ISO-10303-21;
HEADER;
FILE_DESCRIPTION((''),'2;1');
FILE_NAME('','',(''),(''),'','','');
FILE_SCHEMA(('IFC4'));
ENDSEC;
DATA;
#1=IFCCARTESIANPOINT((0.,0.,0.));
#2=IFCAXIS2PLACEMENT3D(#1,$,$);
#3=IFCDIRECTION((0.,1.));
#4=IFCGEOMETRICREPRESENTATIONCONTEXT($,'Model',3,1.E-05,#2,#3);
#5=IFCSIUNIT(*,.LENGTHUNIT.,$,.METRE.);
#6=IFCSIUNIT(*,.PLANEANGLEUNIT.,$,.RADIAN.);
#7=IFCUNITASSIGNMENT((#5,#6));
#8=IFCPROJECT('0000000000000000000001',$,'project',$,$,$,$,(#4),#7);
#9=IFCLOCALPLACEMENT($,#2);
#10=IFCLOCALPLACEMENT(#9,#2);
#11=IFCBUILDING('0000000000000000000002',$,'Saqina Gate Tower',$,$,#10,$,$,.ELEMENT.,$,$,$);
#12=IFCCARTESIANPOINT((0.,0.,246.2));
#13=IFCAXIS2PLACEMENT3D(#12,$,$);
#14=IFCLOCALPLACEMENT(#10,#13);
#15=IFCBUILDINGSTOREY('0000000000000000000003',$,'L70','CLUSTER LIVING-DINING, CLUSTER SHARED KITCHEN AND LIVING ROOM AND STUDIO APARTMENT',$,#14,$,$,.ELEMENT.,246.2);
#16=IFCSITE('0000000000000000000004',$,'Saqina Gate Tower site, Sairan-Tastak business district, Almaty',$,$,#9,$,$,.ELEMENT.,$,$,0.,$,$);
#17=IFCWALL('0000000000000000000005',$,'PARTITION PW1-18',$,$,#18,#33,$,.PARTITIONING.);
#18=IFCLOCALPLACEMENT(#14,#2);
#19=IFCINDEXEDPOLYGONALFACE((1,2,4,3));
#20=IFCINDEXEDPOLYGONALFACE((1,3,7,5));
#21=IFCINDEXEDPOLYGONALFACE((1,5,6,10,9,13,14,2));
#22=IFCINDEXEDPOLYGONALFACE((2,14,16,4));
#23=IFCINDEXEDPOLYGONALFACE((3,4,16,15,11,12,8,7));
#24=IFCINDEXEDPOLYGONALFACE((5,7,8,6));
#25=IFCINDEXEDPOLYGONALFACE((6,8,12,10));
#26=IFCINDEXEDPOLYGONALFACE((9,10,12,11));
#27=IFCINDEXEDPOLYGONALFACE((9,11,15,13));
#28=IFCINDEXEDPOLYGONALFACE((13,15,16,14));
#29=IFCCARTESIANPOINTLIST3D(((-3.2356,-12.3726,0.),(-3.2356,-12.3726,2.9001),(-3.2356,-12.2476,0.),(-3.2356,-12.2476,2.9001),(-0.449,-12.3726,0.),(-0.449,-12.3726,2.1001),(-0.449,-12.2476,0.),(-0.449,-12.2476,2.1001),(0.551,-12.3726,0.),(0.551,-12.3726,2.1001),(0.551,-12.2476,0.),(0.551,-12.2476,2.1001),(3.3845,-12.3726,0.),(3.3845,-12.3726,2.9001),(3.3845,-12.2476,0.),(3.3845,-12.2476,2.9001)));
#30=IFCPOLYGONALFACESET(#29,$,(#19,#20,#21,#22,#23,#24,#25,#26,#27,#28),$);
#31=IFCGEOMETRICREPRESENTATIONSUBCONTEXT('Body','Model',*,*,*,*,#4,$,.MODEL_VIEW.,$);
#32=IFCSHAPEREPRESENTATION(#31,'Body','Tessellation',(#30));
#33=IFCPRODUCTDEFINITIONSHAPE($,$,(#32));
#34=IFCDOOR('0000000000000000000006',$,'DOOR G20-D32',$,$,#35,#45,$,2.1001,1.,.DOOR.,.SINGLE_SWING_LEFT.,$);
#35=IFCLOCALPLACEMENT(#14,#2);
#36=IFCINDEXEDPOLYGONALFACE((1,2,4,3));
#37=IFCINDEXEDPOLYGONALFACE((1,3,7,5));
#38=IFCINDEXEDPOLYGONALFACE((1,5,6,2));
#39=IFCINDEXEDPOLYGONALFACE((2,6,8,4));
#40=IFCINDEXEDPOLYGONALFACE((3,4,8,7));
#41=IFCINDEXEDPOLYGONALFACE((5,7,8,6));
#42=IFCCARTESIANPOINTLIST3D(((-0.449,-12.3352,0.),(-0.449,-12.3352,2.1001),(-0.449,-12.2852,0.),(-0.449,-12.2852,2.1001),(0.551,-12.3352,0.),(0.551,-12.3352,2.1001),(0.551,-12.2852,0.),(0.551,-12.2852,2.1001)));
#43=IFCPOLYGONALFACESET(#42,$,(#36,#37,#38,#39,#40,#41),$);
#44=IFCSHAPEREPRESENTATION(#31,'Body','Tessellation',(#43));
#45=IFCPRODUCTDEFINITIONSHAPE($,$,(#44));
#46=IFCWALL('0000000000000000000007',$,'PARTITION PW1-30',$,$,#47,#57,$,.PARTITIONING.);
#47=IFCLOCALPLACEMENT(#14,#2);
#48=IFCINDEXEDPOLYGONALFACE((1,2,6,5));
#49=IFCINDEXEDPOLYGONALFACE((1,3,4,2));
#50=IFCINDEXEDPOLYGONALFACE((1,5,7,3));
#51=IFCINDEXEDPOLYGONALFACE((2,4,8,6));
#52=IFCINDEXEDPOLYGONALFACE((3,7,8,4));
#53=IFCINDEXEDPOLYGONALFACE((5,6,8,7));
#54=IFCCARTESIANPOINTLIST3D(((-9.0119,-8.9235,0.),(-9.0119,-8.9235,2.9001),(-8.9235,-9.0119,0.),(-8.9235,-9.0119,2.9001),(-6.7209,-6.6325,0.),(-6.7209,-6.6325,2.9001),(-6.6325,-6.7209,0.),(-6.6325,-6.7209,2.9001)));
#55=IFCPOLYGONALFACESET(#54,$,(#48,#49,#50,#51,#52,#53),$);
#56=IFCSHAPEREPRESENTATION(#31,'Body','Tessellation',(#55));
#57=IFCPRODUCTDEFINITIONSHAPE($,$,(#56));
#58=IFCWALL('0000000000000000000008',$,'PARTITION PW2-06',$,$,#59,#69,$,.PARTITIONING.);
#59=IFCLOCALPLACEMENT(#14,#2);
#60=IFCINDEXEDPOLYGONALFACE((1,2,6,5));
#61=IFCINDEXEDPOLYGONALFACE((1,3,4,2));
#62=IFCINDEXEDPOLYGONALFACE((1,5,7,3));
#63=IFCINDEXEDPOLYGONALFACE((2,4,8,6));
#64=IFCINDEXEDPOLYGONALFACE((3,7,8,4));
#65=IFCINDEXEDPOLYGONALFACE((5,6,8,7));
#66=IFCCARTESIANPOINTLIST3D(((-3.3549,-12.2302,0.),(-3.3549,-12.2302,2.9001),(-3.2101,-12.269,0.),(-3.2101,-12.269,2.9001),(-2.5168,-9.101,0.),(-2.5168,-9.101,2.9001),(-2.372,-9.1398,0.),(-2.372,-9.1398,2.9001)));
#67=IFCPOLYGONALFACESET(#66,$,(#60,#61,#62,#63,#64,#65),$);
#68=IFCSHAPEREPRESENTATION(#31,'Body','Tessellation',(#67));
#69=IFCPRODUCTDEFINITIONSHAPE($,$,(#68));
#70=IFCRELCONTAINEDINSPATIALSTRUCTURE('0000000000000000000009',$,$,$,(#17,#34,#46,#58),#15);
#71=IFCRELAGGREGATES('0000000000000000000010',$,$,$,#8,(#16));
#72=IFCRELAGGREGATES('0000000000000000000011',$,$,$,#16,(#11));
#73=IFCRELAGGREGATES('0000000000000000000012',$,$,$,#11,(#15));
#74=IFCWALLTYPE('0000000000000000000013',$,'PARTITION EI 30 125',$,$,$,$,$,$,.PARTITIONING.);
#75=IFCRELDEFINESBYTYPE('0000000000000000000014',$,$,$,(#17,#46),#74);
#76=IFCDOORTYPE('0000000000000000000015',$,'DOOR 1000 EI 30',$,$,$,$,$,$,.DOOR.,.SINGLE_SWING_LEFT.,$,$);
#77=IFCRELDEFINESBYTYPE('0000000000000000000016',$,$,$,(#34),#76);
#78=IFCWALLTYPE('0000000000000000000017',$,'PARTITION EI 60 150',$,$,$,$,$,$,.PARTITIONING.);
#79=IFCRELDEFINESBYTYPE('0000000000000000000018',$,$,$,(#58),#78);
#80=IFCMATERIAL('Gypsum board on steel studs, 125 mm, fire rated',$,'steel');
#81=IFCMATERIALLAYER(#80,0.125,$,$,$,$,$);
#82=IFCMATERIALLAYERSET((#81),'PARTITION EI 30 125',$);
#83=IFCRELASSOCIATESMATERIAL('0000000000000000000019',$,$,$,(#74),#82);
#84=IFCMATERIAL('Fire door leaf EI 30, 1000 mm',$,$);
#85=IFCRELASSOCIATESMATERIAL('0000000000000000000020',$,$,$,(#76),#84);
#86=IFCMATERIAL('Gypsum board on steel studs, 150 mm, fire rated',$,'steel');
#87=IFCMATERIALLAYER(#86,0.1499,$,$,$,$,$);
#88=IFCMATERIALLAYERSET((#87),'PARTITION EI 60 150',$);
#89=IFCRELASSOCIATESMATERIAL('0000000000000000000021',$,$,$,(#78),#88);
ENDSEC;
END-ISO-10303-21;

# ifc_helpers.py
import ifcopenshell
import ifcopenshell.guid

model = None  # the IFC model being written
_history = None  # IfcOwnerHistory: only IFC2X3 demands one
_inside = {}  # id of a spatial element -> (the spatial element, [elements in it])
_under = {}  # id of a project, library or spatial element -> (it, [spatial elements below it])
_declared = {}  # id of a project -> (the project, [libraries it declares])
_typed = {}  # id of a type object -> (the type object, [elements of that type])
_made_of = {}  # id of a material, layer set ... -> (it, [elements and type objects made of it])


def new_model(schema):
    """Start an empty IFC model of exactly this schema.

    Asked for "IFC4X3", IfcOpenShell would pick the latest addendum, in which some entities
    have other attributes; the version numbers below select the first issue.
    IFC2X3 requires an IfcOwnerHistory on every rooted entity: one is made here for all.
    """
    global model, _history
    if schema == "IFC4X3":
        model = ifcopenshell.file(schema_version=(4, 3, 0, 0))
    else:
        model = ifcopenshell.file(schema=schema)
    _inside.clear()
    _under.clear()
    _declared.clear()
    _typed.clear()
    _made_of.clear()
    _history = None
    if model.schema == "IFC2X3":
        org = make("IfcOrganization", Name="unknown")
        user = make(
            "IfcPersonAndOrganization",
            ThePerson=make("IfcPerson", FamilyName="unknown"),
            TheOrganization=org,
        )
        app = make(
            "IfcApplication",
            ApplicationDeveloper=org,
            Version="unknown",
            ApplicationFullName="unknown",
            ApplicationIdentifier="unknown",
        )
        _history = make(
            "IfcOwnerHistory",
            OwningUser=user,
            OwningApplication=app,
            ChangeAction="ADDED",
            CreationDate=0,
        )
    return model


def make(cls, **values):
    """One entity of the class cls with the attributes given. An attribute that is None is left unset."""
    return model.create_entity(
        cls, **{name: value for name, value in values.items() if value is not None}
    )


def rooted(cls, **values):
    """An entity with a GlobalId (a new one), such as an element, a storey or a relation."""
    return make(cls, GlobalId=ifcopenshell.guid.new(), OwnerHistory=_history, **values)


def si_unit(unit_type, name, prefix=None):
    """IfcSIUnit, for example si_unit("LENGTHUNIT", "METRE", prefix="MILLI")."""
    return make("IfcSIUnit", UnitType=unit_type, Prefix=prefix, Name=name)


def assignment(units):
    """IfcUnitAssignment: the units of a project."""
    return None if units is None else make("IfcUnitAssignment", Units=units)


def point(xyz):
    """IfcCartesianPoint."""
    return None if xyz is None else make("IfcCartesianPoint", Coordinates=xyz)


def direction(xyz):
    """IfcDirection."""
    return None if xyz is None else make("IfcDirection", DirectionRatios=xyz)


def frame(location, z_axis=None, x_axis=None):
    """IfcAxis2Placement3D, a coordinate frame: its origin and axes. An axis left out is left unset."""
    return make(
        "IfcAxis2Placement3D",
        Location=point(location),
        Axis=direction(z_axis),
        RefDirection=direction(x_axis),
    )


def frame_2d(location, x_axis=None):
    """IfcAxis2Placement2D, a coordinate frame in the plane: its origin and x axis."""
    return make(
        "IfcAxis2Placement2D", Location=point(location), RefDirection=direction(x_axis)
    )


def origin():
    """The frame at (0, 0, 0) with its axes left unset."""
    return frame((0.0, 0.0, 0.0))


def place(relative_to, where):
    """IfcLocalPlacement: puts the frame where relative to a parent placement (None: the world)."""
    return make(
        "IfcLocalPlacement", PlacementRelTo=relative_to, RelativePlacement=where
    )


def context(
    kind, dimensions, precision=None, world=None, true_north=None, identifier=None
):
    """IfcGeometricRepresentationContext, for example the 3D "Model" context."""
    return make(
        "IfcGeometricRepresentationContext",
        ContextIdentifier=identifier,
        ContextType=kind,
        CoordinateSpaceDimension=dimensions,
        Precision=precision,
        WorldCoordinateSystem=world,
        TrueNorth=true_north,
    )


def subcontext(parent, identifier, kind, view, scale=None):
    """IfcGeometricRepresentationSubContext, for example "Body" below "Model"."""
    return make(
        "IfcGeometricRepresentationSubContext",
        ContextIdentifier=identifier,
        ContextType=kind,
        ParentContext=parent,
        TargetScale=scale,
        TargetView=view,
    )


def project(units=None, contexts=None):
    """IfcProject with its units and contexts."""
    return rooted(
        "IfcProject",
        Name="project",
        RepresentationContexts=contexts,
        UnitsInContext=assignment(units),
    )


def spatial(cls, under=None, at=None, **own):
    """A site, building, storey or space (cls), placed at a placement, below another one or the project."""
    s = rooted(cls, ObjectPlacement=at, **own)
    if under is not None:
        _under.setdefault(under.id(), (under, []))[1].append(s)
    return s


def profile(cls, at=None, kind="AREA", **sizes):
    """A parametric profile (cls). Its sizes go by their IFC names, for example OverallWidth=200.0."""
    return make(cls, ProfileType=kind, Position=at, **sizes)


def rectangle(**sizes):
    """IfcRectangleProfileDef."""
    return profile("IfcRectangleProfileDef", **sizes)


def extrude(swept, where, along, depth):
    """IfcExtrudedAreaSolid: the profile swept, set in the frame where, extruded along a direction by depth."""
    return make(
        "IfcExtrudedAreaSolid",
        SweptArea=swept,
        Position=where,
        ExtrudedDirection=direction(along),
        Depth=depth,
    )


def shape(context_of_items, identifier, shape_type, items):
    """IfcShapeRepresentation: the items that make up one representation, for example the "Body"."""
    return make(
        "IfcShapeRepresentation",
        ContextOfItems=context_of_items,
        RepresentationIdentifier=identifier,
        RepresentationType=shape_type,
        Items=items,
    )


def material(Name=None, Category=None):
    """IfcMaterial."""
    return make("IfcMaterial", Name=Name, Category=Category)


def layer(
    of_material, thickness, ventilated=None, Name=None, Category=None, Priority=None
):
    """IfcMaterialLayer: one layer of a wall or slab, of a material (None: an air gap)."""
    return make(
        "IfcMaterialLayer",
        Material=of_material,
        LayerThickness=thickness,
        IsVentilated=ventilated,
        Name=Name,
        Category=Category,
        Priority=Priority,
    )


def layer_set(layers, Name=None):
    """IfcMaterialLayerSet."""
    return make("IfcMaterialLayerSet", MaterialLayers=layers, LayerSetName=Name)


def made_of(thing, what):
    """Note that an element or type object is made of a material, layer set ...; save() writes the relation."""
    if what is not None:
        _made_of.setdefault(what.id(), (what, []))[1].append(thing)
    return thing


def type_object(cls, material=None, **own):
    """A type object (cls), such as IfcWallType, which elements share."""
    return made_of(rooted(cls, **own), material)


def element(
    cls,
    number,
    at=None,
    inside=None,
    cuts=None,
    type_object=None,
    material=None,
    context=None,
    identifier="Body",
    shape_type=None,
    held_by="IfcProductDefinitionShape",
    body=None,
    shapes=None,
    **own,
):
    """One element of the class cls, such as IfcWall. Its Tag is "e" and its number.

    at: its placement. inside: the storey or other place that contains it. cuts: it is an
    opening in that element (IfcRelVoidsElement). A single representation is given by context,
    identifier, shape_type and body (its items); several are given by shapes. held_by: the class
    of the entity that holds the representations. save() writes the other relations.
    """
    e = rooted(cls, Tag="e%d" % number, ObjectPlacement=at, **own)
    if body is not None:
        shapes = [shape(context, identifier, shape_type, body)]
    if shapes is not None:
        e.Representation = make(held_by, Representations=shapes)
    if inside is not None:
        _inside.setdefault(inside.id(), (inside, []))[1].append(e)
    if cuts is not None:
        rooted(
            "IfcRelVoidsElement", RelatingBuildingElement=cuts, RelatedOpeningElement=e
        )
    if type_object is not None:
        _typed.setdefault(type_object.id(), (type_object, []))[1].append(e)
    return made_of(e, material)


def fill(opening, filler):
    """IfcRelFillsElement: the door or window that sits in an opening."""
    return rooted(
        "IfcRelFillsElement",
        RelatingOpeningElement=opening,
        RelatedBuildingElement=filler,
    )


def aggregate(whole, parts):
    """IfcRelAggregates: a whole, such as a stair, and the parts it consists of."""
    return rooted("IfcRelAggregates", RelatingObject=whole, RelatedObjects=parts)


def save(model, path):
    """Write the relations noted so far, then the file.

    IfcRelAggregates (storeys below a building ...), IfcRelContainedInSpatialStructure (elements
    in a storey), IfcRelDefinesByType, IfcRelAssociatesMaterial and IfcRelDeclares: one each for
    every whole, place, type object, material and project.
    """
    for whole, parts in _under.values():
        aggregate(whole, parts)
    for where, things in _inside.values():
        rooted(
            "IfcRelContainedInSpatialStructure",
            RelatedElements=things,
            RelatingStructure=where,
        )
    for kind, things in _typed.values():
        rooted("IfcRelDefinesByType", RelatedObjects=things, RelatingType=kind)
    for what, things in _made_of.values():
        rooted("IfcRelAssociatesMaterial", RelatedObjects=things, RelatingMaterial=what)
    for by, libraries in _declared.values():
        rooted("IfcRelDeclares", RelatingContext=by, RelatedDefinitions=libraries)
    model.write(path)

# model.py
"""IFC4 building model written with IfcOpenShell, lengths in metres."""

from ifc_helpers import new_model, si_unit, direction, frame, frame_2d, origin, place, context, subcontext, project, spatial, rectangle, extrude, material, layer, layer_set, type_object, element, fill, save


model = new_model("IFC4")

# Units and contexts
model_context = context("Model", 3, precision=1e-05, world=origin(), true_north=direction((0.0, 1.0)))
body_context = subcontext(model_context, "Body", "Model", "MODEL_VIEW")
ifc_project = project(units=[si_unit("LENGTHUNIT", "METRE"), si_unit("PLANEANGLEUNIT", "RADIAN")], contexts=[model_context])

# Site, building, storey
site_placement = place(None, origin())
site = spatial("IfcSite", under=ifc_project, at=site_placement, Name="Saqina Gate Tower site, Sairan-Tastak business district, Almaty", CompositionType="ELEMENT", RefElevation=0.0)
building_placement = place(site_placement, origin())
building = spatial("IfcBuilding", under=site, at=building_placement, Name="Saqina Gate Tower", CompositionType="ELEMENT")
storey_placement = place(building_placement, frame((0.0, 0.0, 246.2)))
storey = spatial("IfcBuildingStorey", under=building, at=storey_placement, Name="L70", Description="CLUSTER LIVING-DINING, CLUSTER SHARED KITCHEN AND LIVING ROOM AND STUDIO APARTMENT", CompositionType="ELEMENT", Elevation=246.2)

# Shared definitions
ifc_material_1 = material(Name="Gypsum board on steel studs, 125 mm, fire rated", Category="steel")
ifc_layer_1 = layer(ifc_material_1, 0.125)
ifc_layer_set_1 = layer_set([ifc_layer_1], Name="PARTITION EI 30 125")
wall_type_1 = type_object("IfcWallType", Name="PARTITION EI 30 125", PredefinedType="PARTITIONING", material=ifc_layer_set_1)
ifc_material_2 = material(Name="Fire door leaf EI 30, 1000 mm")
door_type_1 = type_object("IfcDoorType", Name="DOOR 1000 EI 30", OperationType="SINGLE_SWING_LEFT", PredefinedType="DOOR", material=ifc_material_2)

# Wall, opening, door
wall_1_placement = place(storey_placement, frame((-3.2356, -12.3101, 0.0), z_axis=(0.0, 0.0, 1.0), x_axis=(1.0, 0.0, 0.0)))
wall_1 = element("IfcWall", 1, at=wall_1_placement, inside=storey, type_object=wall_type_1, Name="PARTITION PW1-18", PredefinedType="PARTITIONING", context=body_context, shape_type="SweptSolid", body=[
    extrude(rectangle(XDim=6.6201, YDim=0.125, at=frame_2d((3.3101, 0.0))), origin(), (0.0, 0.0, 1.0), 2.9001),
])
opening_1_placement = place(wall_1_placement, frame((2.7866, 0.0, 0.0)))
opening_1 = element("IfcOpeningElement", 2, at=opening_1_placement, cuts=wall_1, PredefinedType="OPENING", context=body_context, shape_type="SweptSolid", body=[
    extrude(rectangle(XDim=1.0, YDim=2.1001, at=frame_2d((0.5, 1.05))), frame((0.0, 0.0745, 0.0), z_axis=(0.0, -1.0, 0.0), x_axis=(1.0, 0.0, 0.0)), (0.0, 0.0, 1.0), 0.1489),
])
door_1_placement = place(opening_1_placement, origin())
door_1 = element("IfcDoor", 3, at=door_1_placement, inside=storey, type_object=door_type_1, Name="DOOR G20-D32", OperationType="SINGLE_SWING_LEFT", OverallHeight=2.1001, OverallWidth=1.0, PredefinedType="DOOR", context=body_context, shape_type="SweptSolid", body=[
    extrude(rectangle(XDim=1.0, YDim=2.1001, at=frame_2d((0.5, 1.05))), frame((0.0, 0.0249, 0.0), z_axis=(0.0, -1.0, 0.0), x_axis=(1.0, 0.0, 0.0)), (0.0, 0.0, 1.0), 0.05),
])
fill(opening_1, door_1)

# Walls
wall_2_placement = place(storey_placement, frame((-8.9678, -8.9678, 0.0), z_axis=(0.0, 0.0, 1.0), x_axis=(0.707107, 0.707107, 0.0)))
element("IfcWall", 4, at=wall_2_placement, inside=storey, type_object=wall_type_1, Name="PARTITION PW1-30", PredefinedType="PARTITIONING", context=body_context, shape_type="SweptSolid", body=[
    extrude(rectangle(XDim=3.24, YDim=0.125, at=frame_2d((1.6201, 0.0))), origin(), (0.0, 0.0, 1.0), 2.9001),
])
ifc_material_3 = material(Name="Gypsum board on steel studs, 150 mm, fire rated", Category="steel")
ifc_layer_2 = layer(ifc_material_3, 0.1499)
ifc_layer_set_2 = layer_set([ifc_layer_2], Name="PARTITION EI 60 150")
wall_type_2 = type_object("IfcWallType", Name="PARTITION EI 60 150", PredefinedType="PARTITIONING", material=ifc_layer_set_2)
wall_3_placement = place(storey_placement, frame((-3.2825, -12.2495, 0.0), z_axis=(0.0, 0.0, 1.0), x_axis=(0.258727, 0.96595, 0.0)))
element("IfcWall", 5, at=wall_3_placement, inside=storey, type_object=wall_type_2, Name="PARTITION PW2-06", PredefinedType="PARTITIONING", context=body_context, shape_type="SweptSolid", body=[
    extrude(rectangle(XDim=3.2395, YDim=0.1499, at=frame_2d((1.6196, 0.0))), origin(), (0.0, 0.0, 1.0), 2.9001),
])

save(model, "model.ifc")
